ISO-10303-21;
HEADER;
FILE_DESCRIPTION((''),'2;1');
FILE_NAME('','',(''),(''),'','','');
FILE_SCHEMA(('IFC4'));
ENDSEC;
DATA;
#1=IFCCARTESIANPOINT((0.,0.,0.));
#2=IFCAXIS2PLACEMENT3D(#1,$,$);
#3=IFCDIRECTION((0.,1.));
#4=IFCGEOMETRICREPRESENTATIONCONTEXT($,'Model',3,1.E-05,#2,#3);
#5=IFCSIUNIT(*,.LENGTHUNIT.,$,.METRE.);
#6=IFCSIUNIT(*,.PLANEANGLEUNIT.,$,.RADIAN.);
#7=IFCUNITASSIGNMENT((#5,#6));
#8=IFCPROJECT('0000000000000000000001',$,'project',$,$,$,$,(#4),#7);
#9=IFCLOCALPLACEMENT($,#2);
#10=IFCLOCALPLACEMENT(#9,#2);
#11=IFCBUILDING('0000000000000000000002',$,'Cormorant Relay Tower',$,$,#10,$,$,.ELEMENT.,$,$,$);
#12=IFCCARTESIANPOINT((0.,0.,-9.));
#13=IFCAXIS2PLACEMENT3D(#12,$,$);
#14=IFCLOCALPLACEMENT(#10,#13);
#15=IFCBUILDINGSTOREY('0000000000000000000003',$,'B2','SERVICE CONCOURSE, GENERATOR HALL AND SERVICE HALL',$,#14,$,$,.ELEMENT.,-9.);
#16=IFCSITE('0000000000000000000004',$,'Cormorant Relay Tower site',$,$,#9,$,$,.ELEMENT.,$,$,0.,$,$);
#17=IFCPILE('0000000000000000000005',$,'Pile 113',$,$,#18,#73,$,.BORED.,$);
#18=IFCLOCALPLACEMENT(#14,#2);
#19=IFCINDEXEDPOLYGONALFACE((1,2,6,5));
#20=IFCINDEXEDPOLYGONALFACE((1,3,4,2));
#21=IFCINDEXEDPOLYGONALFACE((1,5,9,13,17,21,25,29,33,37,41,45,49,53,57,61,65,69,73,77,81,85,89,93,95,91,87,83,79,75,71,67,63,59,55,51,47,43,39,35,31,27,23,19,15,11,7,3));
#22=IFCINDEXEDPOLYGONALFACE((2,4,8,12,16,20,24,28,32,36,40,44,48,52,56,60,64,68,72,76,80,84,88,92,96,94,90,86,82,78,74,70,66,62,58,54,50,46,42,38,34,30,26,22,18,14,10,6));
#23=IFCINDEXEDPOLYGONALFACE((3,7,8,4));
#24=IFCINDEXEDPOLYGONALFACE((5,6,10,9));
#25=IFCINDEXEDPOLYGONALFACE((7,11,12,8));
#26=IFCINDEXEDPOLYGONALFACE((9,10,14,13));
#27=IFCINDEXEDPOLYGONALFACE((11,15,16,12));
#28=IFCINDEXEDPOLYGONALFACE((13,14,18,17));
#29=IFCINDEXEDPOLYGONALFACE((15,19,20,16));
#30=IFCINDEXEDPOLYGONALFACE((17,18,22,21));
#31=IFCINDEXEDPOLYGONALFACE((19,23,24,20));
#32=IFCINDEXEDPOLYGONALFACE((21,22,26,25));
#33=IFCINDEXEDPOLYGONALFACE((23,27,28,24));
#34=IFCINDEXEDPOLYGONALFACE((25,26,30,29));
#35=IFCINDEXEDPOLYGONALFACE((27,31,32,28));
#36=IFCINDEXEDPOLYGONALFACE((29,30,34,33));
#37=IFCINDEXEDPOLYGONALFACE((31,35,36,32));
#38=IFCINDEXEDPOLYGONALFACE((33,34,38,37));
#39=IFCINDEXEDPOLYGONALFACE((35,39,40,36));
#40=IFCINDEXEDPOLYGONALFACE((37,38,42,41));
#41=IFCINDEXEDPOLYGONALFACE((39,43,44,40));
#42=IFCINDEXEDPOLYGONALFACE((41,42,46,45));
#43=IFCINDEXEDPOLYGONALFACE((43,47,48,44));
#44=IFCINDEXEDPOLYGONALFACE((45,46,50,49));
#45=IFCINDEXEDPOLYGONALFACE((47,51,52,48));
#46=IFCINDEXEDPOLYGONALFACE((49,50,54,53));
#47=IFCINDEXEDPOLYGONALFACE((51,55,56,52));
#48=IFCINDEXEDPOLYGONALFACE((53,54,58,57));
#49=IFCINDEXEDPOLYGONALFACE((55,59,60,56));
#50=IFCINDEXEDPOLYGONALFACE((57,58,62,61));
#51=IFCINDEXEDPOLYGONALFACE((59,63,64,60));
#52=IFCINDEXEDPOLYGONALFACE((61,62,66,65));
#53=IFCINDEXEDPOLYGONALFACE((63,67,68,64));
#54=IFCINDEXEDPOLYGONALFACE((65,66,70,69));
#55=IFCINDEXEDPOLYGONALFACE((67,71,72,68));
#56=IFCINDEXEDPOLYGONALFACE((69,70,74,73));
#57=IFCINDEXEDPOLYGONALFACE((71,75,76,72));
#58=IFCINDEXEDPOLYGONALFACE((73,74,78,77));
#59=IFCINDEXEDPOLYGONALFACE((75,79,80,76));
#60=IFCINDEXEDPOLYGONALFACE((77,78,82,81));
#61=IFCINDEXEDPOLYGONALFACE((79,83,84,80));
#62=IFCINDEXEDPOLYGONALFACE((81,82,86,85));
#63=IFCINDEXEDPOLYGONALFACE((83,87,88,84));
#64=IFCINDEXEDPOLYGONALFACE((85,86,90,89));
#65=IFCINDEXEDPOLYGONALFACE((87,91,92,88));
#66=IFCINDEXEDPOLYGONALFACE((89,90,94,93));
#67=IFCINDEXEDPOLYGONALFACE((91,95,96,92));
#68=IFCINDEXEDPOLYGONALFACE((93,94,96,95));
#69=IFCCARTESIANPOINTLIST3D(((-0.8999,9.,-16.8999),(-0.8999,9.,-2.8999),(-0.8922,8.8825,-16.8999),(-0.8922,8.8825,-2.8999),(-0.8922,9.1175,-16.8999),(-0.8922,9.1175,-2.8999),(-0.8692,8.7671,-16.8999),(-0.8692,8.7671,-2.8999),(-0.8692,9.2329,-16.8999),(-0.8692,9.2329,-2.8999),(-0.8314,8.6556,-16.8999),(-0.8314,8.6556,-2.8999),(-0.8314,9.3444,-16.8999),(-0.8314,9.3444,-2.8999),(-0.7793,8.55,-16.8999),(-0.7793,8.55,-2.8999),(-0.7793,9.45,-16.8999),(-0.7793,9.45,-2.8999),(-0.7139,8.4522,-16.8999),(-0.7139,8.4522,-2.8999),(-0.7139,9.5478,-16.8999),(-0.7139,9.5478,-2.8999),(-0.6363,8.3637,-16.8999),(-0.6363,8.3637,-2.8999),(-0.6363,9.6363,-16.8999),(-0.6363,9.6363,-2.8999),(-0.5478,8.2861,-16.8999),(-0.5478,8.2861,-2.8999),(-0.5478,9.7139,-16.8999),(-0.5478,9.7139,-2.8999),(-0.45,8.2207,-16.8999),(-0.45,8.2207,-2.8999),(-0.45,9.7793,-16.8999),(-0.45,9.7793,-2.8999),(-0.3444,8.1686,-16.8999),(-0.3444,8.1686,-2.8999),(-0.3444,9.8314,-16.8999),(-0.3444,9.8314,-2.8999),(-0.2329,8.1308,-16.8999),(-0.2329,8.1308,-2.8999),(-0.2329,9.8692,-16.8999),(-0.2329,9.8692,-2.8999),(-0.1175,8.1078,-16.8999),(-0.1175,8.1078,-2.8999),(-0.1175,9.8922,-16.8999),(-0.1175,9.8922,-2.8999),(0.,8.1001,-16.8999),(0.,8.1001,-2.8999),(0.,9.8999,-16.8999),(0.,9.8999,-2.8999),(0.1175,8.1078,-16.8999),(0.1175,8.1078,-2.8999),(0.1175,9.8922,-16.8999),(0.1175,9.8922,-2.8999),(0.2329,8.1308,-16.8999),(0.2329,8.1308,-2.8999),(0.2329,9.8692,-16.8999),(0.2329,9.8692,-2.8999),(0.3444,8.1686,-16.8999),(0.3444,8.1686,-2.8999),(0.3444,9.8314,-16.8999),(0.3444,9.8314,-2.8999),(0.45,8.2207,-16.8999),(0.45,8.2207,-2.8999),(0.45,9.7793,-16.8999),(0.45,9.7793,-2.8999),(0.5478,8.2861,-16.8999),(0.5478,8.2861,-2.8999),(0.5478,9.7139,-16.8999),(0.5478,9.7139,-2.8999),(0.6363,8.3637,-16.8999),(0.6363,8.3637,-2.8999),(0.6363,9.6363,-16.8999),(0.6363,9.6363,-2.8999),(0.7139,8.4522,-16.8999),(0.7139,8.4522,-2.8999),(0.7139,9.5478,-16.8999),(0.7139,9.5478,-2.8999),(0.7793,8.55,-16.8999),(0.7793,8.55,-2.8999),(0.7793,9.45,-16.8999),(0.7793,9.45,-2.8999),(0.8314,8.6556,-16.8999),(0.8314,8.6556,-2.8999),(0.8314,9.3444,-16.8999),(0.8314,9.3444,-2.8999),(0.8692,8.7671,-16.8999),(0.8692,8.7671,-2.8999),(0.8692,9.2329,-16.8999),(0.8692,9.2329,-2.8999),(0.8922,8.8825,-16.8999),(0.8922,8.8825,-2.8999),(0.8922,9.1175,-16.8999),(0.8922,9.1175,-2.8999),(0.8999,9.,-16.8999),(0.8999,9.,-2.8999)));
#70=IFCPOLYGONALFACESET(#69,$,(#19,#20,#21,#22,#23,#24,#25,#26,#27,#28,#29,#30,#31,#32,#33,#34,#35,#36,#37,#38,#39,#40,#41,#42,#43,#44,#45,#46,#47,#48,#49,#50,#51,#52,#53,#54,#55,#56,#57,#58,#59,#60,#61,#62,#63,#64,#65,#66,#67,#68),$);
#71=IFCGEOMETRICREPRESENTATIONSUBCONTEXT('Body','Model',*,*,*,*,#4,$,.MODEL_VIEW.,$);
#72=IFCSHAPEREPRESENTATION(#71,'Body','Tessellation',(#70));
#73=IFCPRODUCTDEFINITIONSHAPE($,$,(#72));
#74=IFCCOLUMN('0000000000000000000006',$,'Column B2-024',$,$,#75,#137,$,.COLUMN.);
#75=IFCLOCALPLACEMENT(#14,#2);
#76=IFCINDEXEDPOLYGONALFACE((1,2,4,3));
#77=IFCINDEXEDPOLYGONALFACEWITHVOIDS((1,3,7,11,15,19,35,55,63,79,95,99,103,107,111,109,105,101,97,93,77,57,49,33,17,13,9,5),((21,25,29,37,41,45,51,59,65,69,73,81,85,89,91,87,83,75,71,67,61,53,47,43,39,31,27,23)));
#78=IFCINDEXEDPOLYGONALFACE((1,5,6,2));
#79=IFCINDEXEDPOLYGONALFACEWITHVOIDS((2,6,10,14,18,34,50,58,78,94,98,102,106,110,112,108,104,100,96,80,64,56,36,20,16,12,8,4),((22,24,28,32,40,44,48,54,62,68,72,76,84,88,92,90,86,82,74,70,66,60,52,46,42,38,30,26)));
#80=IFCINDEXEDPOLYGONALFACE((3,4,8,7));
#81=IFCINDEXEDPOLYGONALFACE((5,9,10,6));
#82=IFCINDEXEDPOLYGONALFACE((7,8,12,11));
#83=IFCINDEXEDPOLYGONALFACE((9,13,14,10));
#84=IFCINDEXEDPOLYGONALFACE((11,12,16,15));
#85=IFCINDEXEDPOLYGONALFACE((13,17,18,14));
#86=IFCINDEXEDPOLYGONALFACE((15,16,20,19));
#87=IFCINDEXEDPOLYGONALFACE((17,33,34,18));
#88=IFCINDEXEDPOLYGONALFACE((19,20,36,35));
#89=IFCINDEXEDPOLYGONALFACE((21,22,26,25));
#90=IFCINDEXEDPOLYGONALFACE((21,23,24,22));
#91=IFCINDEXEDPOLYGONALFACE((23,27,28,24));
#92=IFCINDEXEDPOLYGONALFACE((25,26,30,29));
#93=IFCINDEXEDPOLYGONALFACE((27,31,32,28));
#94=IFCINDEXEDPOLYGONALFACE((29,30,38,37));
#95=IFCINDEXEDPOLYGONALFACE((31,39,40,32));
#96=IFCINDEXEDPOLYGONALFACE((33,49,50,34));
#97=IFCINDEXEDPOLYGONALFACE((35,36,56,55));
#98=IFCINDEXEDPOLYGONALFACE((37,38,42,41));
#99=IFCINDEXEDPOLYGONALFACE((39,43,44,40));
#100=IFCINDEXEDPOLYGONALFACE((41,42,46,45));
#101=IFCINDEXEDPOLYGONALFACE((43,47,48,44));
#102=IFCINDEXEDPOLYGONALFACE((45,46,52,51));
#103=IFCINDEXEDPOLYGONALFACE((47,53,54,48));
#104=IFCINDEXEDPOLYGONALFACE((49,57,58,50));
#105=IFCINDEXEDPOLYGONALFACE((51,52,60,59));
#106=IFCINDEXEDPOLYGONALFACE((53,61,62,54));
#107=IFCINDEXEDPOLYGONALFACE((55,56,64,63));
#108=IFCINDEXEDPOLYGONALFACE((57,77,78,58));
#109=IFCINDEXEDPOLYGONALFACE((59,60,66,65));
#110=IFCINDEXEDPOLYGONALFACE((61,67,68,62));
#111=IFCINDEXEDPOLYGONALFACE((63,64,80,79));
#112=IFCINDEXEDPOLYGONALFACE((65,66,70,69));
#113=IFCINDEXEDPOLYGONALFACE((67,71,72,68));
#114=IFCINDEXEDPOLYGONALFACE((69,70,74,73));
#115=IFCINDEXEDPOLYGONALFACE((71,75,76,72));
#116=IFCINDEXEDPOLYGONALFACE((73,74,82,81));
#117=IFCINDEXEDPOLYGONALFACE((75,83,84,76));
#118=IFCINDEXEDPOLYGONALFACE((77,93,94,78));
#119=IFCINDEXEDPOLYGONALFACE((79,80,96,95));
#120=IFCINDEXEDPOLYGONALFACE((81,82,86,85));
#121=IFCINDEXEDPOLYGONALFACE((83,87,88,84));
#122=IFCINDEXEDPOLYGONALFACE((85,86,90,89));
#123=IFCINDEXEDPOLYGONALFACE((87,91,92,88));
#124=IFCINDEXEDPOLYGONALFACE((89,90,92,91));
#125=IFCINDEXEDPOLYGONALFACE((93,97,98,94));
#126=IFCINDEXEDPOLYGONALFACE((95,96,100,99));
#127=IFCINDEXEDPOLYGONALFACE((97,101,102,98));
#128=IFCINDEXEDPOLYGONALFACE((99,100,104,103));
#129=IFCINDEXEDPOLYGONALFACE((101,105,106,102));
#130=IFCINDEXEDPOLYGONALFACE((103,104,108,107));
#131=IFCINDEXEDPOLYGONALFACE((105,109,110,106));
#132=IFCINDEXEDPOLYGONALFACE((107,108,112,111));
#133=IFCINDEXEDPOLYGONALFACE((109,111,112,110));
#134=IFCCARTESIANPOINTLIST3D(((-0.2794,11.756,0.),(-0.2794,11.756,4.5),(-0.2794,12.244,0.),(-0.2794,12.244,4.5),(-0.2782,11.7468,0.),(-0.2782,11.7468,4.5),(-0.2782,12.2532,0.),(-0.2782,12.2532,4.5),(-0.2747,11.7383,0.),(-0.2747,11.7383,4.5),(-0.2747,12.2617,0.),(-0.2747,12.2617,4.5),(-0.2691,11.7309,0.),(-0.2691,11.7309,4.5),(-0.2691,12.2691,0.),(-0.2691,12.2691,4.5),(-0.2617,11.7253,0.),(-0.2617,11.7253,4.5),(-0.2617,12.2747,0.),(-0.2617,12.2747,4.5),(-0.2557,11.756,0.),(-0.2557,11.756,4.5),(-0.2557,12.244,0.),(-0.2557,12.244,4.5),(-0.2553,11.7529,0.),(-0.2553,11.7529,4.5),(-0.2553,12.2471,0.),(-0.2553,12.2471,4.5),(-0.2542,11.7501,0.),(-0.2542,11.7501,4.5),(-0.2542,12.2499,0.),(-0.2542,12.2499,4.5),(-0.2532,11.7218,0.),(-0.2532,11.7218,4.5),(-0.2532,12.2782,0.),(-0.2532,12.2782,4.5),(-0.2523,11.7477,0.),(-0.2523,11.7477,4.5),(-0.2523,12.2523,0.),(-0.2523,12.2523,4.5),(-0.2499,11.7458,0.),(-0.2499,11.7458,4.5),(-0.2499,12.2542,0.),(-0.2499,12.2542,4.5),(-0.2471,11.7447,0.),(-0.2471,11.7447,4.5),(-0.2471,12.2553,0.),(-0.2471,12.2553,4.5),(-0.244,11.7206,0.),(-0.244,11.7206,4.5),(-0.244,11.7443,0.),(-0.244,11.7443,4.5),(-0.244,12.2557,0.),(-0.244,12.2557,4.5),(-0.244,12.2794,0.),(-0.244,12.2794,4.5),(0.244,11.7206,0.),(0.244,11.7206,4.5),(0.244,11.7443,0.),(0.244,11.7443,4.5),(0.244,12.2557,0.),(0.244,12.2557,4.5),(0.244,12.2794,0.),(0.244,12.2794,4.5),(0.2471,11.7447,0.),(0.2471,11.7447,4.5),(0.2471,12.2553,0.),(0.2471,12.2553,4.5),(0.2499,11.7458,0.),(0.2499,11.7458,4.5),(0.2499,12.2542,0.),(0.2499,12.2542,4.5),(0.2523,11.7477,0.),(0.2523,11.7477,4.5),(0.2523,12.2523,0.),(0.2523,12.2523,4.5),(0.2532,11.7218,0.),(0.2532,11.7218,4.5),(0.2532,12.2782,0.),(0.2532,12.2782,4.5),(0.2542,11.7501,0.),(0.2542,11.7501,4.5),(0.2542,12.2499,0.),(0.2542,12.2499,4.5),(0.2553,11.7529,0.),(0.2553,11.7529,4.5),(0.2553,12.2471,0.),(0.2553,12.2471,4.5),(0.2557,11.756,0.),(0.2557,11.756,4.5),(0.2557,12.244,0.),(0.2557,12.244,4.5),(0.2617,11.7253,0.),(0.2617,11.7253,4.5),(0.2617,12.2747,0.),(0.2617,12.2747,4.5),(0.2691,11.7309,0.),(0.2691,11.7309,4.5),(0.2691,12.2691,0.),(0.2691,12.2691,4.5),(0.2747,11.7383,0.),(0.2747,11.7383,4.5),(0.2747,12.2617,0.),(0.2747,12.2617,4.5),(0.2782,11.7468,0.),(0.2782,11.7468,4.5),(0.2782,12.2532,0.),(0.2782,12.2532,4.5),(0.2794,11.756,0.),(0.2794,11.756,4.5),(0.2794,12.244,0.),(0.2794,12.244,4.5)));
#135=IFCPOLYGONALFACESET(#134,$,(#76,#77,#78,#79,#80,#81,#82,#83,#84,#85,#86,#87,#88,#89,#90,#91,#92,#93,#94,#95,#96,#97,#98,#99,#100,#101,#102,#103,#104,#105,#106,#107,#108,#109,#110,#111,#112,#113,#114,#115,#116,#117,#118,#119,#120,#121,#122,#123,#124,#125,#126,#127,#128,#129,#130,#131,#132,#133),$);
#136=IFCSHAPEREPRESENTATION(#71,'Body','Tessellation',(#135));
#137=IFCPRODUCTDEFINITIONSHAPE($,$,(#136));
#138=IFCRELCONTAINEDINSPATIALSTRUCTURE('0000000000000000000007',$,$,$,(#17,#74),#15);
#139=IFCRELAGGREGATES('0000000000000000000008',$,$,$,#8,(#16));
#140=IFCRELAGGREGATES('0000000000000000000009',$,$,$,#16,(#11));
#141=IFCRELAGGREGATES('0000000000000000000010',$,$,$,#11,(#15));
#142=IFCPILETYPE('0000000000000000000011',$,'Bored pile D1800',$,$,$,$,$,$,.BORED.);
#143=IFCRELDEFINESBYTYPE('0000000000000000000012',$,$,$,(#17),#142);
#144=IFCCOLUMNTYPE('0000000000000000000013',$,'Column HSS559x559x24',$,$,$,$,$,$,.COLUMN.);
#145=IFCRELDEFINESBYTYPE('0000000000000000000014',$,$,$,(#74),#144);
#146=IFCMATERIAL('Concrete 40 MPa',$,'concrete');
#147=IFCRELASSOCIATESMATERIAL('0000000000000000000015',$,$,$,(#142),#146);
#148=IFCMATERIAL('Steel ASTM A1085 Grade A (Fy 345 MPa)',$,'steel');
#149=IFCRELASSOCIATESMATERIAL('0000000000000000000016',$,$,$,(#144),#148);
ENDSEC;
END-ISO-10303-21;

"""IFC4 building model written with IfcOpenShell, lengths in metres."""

from ifc_helpers import new_model, si_unit, direction, frame, origin, origin_2d, place, context, subcontext, project, spatial, hollow_rectangle, circle, extrude, material, material_profile, profile_set, type_object, element, save


model = new_model("IFC4")

# Units and contexts
model_context = context("Model", 3, precision=1e-05, world=origin(), true_north=direction((0.0, 1.0)))
body_context = subcontext(model_context, "Body", "Model", "MODEL_VIEW")
ifc_project = project(units=[si_unit("LENGTHUNIT", "METRE"), si_unit("PLANEANGLEUNIT", "RADIAN")], contexts=[model_context])

# Site, building, storey
site_placement = place(None, origin())
site = spatial("IfcSite", under=ifc_project, at=site_placement, Name="Cormorant Relay Tower site", CompositionType="ELEMENT", RefElevation=0.0)
building_placement = place(site_placement, origin())
building = spatial("IfcBuilding", under=site, at=building_placement, Name="Cormorant Relay Tower", CompositionType="ELEMENT")
storey_placement = place(building_placement, frame((0.0, 0.0, -9.0)))
storey = spatial("IfcBuildingStorey", under=building, at=storey_placement, Name="B2", Description="SERVICE CONCOURSE, GENERATOR HALL AND SERVICE HALL", CompositionType="ELEMENT", Elevation=-9.0)

# Pile
ifc_material_1 = material(Name="Concrete 40 MPa", Category="concrete")
ifc_material_profile_1 = material_profile(ifc_material_1, circle(Radius=0.8999, at=origin_2d()), Name="BP1800")
ifc_profile_set_1 = profile_set([ifc_material_profile_1], Name="Concrete 40 MPa")
pile_type = type_object("IfcPileType", Name="Bored pile D1800", PredefinedType="BORED", material=ifc_profile_set_1)
for number, where, z_axis, x_axis, name in (
    (1, (0.0, 9.0, -2.8999), (0.0, 0.0, -1.0), (1.0, 0.0, 0.0), "Pile 113"),
):
    element("IfcPile", number, at=place(storey_placement, frame(where, z_axis=z_axis, x_axis=x_axis)), inside=storey, type_object=pile_type, Name=name, PredefinedType="BORED", context=body_context, shape_type="SweptSolid", body=[
        extrude(circle(Radius=0.8999, at=origin_2d()), origin(), (0.0, 0.0, 1.0), 14.0),
    ])

# Column
ifc_material_2 = material(Name="Steel ASTM A1085 Grade A (Fy 345 MPa)", Category="steel")
ifc_material_profile_2 = material_profile(ifc_material_2, hollow_rectangle(XDim=0.5588, YDim=0.5588, WallThickness=0.0237, InnerFilletRadius=0.0117, OuterFilletRadius=0.0354, at=origin_2d()), Name="HSS559x559x24")
ifc_profile_set_2 = profile_set([ifc_material_profile_2], Name="Steel ASTM A1085 Grade A (Fy 345 MPa)")
column_type = type_object("IfcColumnType", Name="Column HSS559x559x24", PredefinedType="COLUMN", material=ifc_profile_set_2)
column_placement = place(storey_placement, frame((0.0, 12.0, 0.0), z_axis=(0.0, 0.0, 1.0), x_axis=(1.0, 0.0, 0.0)))
element("IfcColumn", 2, at=column_placement, inside=storey, type_object=column_type, Name="Column B2-024", PredefinedType="COLUMN", context=body_context, shape_type="SweptSolid", body=[
    extrude(hollow_rectangle(XDim=0.5588, YDim=0.5588, WallThickness=0.0237, InnerFilletRadius=0.0117, OuterFilletRadius=0.0354, at=origin_2d()), origin(), (0.0, 0.0, 1.0), 4.5),
])

save(model, "model.ifc")
